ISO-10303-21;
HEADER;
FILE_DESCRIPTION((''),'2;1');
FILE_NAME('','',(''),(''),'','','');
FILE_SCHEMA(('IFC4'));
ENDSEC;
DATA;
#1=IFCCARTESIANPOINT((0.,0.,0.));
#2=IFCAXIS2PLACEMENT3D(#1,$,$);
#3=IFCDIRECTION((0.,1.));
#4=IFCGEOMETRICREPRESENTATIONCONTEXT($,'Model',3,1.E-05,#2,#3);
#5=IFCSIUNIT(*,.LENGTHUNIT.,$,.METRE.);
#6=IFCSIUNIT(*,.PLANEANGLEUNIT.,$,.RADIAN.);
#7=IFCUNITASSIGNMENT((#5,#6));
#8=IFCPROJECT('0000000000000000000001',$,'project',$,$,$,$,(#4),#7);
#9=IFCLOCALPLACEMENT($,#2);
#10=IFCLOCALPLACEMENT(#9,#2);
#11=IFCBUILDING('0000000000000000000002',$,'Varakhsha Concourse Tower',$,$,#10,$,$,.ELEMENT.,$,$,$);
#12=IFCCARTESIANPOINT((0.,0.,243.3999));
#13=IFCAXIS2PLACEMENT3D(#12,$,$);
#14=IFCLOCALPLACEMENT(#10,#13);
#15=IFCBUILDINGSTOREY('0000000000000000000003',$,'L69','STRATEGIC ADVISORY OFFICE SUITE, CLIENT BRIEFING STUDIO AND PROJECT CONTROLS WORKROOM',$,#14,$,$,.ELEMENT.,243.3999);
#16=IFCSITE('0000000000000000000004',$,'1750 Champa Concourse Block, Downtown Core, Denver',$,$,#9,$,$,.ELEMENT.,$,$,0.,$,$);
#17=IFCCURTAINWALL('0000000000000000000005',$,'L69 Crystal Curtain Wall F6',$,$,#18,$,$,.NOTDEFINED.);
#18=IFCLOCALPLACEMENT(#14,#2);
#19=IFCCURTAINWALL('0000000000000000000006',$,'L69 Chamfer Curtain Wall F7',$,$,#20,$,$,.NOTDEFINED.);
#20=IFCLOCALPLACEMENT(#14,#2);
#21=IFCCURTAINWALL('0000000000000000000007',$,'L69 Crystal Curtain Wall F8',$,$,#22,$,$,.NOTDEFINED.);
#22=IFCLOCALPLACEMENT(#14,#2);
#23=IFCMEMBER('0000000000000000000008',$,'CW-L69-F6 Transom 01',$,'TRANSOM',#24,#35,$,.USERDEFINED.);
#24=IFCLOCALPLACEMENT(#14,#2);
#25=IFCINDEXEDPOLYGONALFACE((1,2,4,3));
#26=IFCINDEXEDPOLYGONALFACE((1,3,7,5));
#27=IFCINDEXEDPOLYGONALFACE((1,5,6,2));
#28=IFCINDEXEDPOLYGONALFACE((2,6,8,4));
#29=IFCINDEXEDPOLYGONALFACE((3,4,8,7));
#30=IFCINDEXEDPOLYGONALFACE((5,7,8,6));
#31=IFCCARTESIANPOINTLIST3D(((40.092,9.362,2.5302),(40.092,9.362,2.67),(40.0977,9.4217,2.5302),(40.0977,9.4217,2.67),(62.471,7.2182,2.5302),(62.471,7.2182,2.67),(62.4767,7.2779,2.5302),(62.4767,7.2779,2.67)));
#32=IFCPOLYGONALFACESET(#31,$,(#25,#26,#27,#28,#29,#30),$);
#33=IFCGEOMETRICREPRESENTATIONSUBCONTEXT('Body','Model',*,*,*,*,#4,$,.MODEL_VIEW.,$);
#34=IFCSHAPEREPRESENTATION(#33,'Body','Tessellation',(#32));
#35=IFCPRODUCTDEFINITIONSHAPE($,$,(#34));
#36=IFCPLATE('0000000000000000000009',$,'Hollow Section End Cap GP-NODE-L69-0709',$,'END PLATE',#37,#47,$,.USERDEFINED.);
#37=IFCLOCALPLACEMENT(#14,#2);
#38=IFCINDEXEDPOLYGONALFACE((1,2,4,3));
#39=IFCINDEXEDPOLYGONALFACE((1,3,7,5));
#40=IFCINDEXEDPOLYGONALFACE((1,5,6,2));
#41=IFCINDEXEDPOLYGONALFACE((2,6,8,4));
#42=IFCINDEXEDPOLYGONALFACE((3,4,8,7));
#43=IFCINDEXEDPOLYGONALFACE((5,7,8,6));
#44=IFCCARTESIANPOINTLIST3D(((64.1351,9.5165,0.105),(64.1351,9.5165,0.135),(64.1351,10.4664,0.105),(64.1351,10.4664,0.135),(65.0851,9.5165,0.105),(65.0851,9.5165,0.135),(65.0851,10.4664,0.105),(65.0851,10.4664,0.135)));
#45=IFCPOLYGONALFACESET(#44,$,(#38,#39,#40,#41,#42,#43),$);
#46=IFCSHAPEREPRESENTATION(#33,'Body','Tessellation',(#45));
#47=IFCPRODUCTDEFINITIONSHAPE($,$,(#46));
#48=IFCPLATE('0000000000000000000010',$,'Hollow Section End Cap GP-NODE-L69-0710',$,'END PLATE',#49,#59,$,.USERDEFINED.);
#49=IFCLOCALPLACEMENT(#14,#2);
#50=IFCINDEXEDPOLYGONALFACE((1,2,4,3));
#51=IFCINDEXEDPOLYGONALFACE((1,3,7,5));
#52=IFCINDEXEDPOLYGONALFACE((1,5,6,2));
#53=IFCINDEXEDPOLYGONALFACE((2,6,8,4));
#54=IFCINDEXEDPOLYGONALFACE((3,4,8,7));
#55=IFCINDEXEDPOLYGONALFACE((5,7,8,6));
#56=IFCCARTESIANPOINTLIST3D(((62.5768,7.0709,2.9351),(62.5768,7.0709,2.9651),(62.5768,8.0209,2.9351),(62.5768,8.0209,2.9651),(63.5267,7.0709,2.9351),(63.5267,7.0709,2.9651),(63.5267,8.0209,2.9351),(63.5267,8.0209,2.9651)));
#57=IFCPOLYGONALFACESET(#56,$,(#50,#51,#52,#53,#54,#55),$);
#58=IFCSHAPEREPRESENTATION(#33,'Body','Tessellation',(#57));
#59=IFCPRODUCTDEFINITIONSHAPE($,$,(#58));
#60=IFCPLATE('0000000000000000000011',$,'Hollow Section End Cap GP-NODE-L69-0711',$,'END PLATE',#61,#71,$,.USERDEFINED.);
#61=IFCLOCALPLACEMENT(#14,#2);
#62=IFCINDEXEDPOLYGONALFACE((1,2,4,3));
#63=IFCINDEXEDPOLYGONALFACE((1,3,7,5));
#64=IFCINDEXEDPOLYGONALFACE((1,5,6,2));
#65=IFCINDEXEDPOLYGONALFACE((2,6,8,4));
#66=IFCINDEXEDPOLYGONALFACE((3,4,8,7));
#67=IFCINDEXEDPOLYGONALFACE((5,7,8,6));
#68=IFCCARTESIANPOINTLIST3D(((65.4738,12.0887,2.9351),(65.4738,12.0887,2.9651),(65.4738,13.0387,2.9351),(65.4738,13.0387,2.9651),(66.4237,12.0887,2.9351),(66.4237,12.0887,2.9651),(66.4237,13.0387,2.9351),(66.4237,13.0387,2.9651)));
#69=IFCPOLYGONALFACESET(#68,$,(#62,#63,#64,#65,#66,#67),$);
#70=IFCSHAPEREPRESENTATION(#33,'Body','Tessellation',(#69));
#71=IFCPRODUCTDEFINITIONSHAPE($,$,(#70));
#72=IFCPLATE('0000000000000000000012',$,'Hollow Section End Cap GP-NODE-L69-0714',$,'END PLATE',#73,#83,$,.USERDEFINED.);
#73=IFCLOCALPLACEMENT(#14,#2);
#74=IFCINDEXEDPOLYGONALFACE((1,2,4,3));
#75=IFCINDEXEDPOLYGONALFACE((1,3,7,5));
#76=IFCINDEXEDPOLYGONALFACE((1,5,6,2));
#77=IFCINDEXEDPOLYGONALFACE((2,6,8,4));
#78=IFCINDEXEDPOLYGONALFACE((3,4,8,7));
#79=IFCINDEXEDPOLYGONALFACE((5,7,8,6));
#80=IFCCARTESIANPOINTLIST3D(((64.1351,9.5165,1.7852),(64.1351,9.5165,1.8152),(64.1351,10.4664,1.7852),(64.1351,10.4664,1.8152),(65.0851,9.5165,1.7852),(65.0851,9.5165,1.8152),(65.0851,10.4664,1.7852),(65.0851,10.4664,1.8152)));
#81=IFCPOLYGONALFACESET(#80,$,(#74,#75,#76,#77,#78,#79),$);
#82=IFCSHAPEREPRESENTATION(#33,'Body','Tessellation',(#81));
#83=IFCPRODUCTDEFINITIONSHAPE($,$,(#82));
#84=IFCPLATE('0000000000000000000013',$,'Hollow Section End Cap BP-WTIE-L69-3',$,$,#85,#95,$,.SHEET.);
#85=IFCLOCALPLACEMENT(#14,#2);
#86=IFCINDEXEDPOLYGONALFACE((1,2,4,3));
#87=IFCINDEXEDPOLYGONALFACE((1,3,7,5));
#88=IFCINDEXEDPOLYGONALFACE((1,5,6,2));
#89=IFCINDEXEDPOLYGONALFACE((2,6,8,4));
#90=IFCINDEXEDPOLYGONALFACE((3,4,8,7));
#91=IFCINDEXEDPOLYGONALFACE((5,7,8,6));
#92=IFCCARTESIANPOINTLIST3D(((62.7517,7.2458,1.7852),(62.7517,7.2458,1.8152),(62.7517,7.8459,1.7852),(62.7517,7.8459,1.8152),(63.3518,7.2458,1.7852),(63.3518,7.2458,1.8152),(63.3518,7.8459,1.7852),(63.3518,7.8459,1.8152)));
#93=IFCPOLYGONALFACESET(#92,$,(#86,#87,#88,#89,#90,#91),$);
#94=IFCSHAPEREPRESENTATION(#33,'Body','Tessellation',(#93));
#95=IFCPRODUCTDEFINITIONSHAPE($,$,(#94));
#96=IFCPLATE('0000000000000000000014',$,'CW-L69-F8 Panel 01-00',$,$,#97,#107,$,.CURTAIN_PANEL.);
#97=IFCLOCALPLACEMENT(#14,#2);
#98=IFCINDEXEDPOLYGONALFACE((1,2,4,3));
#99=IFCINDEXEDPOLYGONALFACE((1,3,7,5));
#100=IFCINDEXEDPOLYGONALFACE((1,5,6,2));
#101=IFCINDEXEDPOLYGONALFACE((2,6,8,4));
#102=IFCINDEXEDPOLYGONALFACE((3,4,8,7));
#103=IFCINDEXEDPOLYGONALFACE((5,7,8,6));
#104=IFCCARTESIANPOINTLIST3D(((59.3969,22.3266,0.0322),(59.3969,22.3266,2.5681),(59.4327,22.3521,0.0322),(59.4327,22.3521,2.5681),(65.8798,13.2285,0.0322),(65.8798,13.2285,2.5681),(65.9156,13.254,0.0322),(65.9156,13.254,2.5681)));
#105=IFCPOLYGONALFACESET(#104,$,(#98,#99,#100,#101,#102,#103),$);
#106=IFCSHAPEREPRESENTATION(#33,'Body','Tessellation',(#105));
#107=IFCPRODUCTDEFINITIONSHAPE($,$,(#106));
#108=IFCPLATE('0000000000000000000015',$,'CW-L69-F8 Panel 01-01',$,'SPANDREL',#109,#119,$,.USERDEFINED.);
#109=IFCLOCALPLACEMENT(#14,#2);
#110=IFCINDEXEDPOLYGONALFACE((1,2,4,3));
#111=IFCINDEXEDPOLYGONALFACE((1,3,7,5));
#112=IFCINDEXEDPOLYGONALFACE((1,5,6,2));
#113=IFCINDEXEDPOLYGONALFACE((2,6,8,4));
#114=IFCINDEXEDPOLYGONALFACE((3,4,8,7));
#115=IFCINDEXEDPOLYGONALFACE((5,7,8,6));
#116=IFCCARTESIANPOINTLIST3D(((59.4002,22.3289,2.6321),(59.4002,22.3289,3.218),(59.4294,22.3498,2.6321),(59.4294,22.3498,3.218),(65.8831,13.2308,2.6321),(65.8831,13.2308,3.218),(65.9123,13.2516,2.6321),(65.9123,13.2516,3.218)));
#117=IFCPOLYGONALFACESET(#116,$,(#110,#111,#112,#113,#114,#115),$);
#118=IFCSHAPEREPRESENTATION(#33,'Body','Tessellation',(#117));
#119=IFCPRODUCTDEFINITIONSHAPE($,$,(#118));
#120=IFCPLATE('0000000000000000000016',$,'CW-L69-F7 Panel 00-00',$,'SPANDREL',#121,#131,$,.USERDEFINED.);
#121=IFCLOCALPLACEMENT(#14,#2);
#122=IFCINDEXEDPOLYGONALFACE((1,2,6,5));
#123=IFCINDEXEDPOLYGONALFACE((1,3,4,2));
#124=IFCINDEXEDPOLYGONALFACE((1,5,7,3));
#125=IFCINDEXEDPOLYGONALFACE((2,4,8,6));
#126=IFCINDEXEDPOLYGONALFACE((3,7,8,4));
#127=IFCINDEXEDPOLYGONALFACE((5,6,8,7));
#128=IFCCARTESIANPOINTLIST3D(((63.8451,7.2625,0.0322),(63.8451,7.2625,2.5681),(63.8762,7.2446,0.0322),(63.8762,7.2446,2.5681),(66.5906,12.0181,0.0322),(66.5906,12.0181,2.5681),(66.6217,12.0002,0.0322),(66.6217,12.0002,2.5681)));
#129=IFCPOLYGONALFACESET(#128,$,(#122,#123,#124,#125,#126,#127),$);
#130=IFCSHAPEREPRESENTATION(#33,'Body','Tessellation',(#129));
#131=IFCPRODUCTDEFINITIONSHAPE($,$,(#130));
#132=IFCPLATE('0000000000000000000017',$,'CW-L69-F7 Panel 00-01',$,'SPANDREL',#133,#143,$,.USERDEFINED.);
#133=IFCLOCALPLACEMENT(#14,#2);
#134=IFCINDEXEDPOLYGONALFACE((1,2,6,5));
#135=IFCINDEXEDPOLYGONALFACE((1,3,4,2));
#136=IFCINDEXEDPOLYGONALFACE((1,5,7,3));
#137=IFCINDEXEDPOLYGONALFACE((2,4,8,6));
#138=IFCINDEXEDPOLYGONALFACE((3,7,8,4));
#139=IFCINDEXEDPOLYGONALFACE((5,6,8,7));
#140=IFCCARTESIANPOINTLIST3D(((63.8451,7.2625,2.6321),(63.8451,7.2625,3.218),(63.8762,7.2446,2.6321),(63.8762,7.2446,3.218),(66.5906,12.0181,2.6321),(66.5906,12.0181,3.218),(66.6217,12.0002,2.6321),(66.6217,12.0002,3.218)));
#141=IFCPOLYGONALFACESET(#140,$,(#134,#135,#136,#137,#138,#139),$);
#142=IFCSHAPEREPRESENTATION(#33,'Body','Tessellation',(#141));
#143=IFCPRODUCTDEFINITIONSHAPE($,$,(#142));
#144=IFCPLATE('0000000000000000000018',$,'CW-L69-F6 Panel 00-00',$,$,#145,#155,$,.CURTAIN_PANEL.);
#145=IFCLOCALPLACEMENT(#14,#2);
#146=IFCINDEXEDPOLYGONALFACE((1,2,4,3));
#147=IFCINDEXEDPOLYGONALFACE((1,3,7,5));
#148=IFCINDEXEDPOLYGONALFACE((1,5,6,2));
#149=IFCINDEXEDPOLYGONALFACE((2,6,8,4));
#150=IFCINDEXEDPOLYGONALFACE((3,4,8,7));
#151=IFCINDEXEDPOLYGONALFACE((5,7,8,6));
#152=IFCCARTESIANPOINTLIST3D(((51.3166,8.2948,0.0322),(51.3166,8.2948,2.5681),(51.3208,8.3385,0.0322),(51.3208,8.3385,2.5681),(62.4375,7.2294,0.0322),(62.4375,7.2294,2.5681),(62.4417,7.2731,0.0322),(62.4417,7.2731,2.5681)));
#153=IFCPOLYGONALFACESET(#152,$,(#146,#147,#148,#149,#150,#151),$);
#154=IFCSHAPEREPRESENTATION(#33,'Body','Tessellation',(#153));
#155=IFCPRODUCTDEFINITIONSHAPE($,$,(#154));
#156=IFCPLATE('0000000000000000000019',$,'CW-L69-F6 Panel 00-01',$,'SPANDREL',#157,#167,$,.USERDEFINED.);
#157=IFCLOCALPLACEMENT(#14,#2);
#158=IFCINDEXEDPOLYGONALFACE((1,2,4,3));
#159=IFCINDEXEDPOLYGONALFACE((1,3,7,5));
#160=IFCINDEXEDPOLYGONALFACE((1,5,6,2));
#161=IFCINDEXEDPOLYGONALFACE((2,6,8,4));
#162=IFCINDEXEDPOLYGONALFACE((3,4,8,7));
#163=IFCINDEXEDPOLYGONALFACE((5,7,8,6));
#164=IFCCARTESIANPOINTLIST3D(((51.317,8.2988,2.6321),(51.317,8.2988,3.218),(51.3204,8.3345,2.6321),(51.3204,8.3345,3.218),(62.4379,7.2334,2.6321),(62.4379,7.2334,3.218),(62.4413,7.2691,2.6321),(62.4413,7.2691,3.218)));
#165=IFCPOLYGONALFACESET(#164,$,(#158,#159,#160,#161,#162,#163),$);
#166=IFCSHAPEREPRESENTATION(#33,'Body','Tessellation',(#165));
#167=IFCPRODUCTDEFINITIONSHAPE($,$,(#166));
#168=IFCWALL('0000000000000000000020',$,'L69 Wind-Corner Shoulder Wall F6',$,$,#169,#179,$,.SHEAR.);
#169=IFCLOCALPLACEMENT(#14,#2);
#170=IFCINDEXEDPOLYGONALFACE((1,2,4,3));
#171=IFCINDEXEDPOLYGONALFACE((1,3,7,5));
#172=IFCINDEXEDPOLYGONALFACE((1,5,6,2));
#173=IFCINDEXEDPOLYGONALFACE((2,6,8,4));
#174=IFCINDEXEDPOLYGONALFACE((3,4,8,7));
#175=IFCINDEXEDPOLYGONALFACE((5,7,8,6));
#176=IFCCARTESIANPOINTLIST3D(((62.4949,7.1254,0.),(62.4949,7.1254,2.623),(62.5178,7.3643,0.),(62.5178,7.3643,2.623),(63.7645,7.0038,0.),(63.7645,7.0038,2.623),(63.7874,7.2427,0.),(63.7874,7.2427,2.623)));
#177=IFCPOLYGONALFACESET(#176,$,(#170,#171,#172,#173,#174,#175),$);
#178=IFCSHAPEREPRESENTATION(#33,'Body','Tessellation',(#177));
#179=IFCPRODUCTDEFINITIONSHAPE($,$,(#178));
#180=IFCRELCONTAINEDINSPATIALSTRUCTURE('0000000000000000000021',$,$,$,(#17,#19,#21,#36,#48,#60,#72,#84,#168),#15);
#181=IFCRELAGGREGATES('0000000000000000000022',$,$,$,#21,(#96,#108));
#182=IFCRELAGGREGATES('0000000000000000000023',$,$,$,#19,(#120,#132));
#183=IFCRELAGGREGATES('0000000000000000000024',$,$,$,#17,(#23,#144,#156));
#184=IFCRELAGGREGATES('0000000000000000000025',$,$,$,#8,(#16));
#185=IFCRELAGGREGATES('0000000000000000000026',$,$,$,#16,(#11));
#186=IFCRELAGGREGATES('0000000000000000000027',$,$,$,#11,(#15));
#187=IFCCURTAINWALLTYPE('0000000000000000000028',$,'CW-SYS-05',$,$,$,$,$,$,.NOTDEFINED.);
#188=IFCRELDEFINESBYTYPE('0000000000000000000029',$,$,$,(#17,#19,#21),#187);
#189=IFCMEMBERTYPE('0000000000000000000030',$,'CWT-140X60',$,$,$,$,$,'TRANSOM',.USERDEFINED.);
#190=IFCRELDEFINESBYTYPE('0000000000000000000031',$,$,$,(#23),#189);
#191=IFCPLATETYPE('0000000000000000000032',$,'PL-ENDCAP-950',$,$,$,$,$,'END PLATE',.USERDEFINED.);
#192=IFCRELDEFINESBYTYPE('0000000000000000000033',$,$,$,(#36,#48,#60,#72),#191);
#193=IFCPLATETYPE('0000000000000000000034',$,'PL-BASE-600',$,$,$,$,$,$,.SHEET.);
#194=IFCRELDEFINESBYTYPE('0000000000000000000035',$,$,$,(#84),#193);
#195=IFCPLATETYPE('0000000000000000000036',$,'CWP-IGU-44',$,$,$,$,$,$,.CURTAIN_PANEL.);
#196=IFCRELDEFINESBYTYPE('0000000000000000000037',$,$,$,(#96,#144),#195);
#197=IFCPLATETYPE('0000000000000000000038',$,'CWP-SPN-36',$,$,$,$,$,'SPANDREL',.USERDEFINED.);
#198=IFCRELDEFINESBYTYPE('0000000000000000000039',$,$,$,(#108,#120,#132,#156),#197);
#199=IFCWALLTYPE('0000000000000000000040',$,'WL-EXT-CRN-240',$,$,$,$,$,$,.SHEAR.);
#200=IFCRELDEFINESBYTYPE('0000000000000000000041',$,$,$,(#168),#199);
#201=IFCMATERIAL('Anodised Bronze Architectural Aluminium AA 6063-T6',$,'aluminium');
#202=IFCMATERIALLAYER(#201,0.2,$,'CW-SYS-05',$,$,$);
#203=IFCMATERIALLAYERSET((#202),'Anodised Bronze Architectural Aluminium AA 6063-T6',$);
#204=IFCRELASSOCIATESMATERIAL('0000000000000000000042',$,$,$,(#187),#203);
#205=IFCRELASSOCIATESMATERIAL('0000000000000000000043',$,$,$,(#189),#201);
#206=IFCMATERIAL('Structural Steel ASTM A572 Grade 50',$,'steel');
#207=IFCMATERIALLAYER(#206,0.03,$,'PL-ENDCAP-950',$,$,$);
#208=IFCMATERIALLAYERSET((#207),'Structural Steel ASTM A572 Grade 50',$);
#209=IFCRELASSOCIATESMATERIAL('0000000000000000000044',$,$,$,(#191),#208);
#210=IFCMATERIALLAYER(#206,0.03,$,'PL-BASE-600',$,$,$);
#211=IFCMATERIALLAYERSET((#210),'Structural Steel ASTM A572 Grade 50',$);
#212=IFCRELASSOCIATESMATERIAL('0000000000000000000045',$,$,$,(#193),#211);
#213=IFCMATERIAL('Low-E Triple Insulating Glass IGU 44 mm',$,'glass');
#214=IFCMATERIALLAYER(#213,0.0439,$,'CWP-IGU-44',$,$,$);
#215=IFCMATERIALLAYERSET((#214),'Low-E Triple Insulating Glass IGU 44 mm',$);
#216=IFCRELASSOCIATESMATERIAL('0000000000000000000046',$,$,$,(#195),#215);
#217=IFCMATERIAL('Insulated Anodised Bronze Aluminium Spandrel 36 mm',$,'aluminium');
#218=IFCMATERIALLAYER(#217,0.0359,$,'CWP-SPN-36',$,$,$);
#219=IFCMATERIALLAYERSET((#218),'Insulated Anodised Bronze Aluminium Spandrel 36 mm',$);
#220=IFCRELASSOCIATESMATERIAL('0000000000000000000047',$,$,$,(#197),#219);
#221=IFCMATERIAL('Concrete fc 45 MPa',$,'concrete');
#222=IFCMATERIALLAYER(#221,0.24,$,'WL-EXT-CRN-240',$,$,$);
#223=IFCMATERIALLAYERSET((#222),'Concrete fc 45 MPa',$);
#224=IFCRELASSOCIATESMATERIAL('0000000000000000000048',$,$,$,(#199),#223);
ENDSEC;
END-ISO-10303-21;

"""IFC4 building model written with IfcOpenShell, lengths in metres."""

from ifc_helpers import new_model, si_unit, direction, frame, frame_2d, origin, origin_2d, place, context, subcontext, project, spatial, rectangle, extrude, source, transform, mapped, material, layer, layer_set, material_profile, profile_set, type_object, type_shapes, element, aggregate, save


model = new_model("IFC4")

# Units and contexts
model_context = context("Model", 3, precision=1e-05, world=origin(), true_north=direction((0.0, 1.0)))
body_context = subcontext(model_context, "Body", "Model", "MODEL_VIEW")
ifc_project = project(units=[si_unit("LENGTHUNIT", "METRE"), si_unit("PLANEANGLEUNIT", "RADIAN")], contexts=[model_context])

# Site, building, storey
site_placement = place(None, origin())
site = spatial("IfcSite", under=ifc_project, at=site_placement, Name="1750 Champa Concourse Block, Downtown Core, Denver", CompositionType="ELEMENT", RefElevation=0.0)
building_placement = place(site_placement, origin())
building = spatial("IfcBuilding", under=site, at=building_placement, Name="Varakhsha Concourse Tower", CompositionType="ELEMENT")
storey_placement = place(building_placement, frame((0.0, 0.0, 243.3999)))
storey = spatial("IfcBuildingStorey", under=building, at=storey_placement, Name="L69", Description="STRATEGIC ADVISORY OFFICE SUITE, CLIENT BRIEFING STUDIO AND PROJECT CONTROLS WORKROOM", CompositionType="ELEMENT", Elevation=243.3999)

# Shared definitions
ifc_material_1 = material(Name="Structural Steel ASTM A572 Grade 50", Category="steel")

# Curtain wall
ifc_material_2 = material(Name="Anodised Bronze Architectural Aluminium AA 6063-T6", Category="aluminium")
ifc_layer_1 = layer(ifc_material_2, 0.2, Name="CW-SYS-05")
ifc_layer_set_1 = layer_set([ifc_layer_1], Name="Anodised Bronze Architectural Aluminium AA 6063-T6")
curtain_wall_type = type_object("IfcCurtainWallType", Name="CW-SYS-05", PredefinedType="NOTDEFINED", material=ifc_layer_set_1)
curtain_wall_1_placement = place(storey_placement, origin())
curtain_wall_1 = element("IfcCurtainWall", 1, at=curtain_wall_1_placement, inside=storey, type_object=curtain_wall_type, Name="L69 Crystal Curtain Wall F6", PredefinedType="NOTDEFINED")

# Curtain wall
curtain_wall_2_placement = place(storey_placement, origin())
curtain_wall_2 = element("IfcCurtainWall", 2, at=curtain_wall_2_placement, inside=storey, type_object=curtain_wall_type, Name="L69 Chamfer Curtain Wall F7", PredefinedType="NOTDEFINED")

# Curtain wall
curtain_wall_3_placement = place(storey_placement, origin())
curtain_wall_3 = element("IfcCurtainWall", 3, at=curtain_wall_3_placement, inside=storey, type_object=curtain_wall_type, Name="L69 Crystal Curtain Wall F8", PredefinedType="NOTDEFINED")

# Member
ifc_material_profile_1 = material_profile(ifc_material_2, rectangle(XDim=0.0601, YDim=0.1399, at=origin_2d()), Name="CWT-140X60")
ifc_profile_set_1 = profile_set([ifc_material_profile_1], Name="Anodised Bronze Architectural Aluminium AA 6063-T6")
member_type_1 = type_object("IfcMemberType", Name="CWT-140X60", ElementType="TRANSOM", PredefinedType="USERDEFINED", material=ifc_profile_set_1)
shared_shape_1 = source(origin(), body_context, "Body", "SweptSolid", [
    extrude(rectangle(XDim=0.0601, YDim=0.1399, at=origin_2d()), origin(), (0.0, 0.0, 1.0), 22.4814),
])
member_1_placement = place(storey_placement, frame((62.4739, 7.248, 2.6001), z_axis=(-0.995443, 0.095359, 0.0), x_axis=(-0.095359, -0.995443, 0.0)))
member_1 = element("IfcMember", 4, at=member_1_placement, type_object=member_type_1, Name="CW-L69-F6 Transom 01", ObjectType="TRANSOM", PredefinedType="USERDEFINED", context=body_context, shape_type="MappedRepresentation", body=[
    mapped(shared_shape_1, transform((0.0, 0.0, 0.0), scale=1.0)),
])

# Plates
ifc_layer_2 = layer(ifc_material_1, 0.03, Name="PL-ENDCAP-950")
ifc_layer_set_2 = layer_set([ifc_layer_2], Name="Structural Steel ASTM A572 Grade 50")
plate_type_1 = type_object("IfcPlateType", Name="PL-ENDCAP-950", ElementType="END PLATE", PredefinedType="USERDEFINED", material=ifc_layer_set_2)
shared_shape_2 = source(origin(), body_context, "Body", "SweptSolid", [
    extrude(rectangle(XDim=0.95, YDim=0.95, at=origin_2d()), origin(), (0.0, 0.0, 1.0), 0.03),
])
type_shapes(plate_type_1, [shared_shape_2])
for number, where, z_axis, x_axis, name in (
    (5, (64.6101, 9.9915, 0.105), (0.0, 0.0, 1.0), (1.0, 0.0, 0.0), "Hollow Section End Cap GP-NODE-L69-0709"),
    (6, (63.0518, 7.5459, 2.9351), (0.0, 0.0, 1.0), (1.0, 0.0, 0.0), "Hollow Section End Cap GP-NODE-L69-0710"),
    (7, (65.9487, 12.5637, 2.9351), (0.0, 0.0, 1.0), (1.0, 0.0, 0.0), "Hollow Section End Cap GP-NODE-L69-0711"),
    (8, (64.6101, 9.9915, 1.7852), (0.0, 0.0, 1.0), (1.0, 0.0, 0.0), "Hollow Section End Cap GP-NODE-L69-0714"),
):
    element("IfcPlate", number, at=place(storey_placement, frame(where, z_axis=z_axis, x_axis=x_axis)), inside=storey, type_object=plate_type_1, Name=name, ObjectType="END PLATE", PredefinedType="USERDEFINED", context=body_context, shape_type="MappedRepresentation", body=[
        mapped(shared_shape_2, transform((0.0, 0.0, 0.0), scale=1.0)),
    ])
ifc_layer_3 = layer(ifc_material_1, 0.03, Name="PL-BASE-600")
ifc_layer_set_3 = layer_set([ifc_layer_3], Name="Structural Steel ASTM A572 Grade 50")
plate_type_2 = type_object("IfcPlateType", Name="PL-BASE-600", PredefinedType="SHEET", material=ifc_layer_set_3)
shared_shape_3 = source(origin(), body_context, "Body", "SweptSolid", [
    extrude(rectangle(XDim=0.6001, YDim=0.6001, at=origin_2d()), origin(), (0.0, 0.0, 1.0), 0.03),
])
type_shapes(plate_type_2, [shared_shape_3])
plate_1_placement = place(storey_placement, frame((63.0518, 7.5459, 1.7852), z_axis=(0.0, 0.0, 1.0), x_axis=(1.0, 0.0, 0.0)))
element("IfcPlate", 9, at=plate_1_placement, inside=storey, type_object=plate_type_2, Name="Hollow Section End Cap BP-WTIE-L69-3", PredefinedType="SHEET", context=body_context, shape_type="MappedRepresentation", body=[
    mapped(shared_shape_3, transform((0.0, 0.0, 0.0), scale=1.0)),
])

# Plates
ifc_material_3 = material(Name="Low-E Triple Insulating Glass IGU 44 mm", Category="glass")
ifc_layer_4 = layer(ifc_material_3, 0.0439, Name="CWP-IGU-44")
ifc_layer_set_4 = layer_set([ifc_layer_4], Name="Low-E Triple Insulating Glass IGU 44 mm")
plate_type_3 = type_object("IfcPlateType", Name="CWP-IGU-44", PredefinedType="CURTAIN_PANEL", material=ifc_layer_set_4)
shared_shape_4 = source(origin(), body_context, "Body", "SweptSolid", [
    extrude(rectangle(XDim=11.1716, YDim=0.0439, at=origin_2d()), origin(), (0.0, 0.0, 1.0), 2.5359),
])
plate_2_placement = place(storey_placement, frame((62.6562, 17.7903, 0.0322), z_axis=(0.0, 0.0, 1.0), x_axis=(0.580306, -0.814398, 0.0)))
plate_2 = element("IfcPlate", 10, at=plate_2_placement, type_object=plate_type_3, Name="CW-L69-F8 Panel 01-00", PredefinedType="CURTAIN_PANEL", context=body_context, shape_type="MappedRepresentation", body=[
    mapped(shared_shape_4, transform((0.0, 0.0, 0.0), scale=1.0)),
])
ifc_material_4 = material(Name="Insulated Anodised Bronze Aluminium Spandrel 36 mm", Category="aluminium")
ifc_layer_5 = layer(ifc_material_4, 0.0359, Name="CWP-SPN-36")
ifc_layer_set_5 = layer_set([ifc_layer_5], Name="Insulated Anodised Bronze Aluminium Spandrel 36 mm")
plate_type_4 = type_object("IfcPlateType", Name="CWP-SPN-36", ElementType="SPANDREL", PredefinedType="USERDEFINED", material=ifc_layer_set_5)
shared_shape_5 = source(origin(), body_context, "Body", "SweptSolid", [
    extrude(rectangle(XDim=11.1716, YDim=0.0359, at=origin_2d()), origin(), (0.0, 0.0, 1.0), 0.5859),
])
plate_3_placement = place(storey_placement, frame((62.6562, 17.7903, 2.6321), z_axis=(0.0, 0.0, 1.0), x_axis=(0.580306, -0.814398, 0.0)))
plate_3 = element("IfcPlate", 11, at=plate_3_placement, type_object=plate_type_4, Name="CW-L69-F8 Panel 01-01", ObjectType="SPANDREL", PredefinedType="USERDEFINED", context=body_context, shape_type="MappedRepresentation", body=[
    mapped(shared_shape_5, transform((0.0, 0.0, 0.0), scale=1.0)),
])
aggregate(curtain_wall_3, [plate_2, plate_3])
shared_shape_6 = source(origin(), body_context, "Body", "SweptSolid", [
    extrude(rectangle(XDim=5.4912, YDim=0.0359, at=origin_2d()), origin(), (0.0, 0.0, 1.0), 2.5359),
])
plate_4_placement = place(storey_placement, frame((65.2334, 9.6313, 0.0322), z_axis=(0.0, 0.0, 1.0), x_axis=(-0.499992, -0.86603, 0.0)))
plate_4 = element("IfcPlate", 12, at=plate_4_placement, type_object=plate_type_4, Name="CW-L69-F7 Panel 00-00", ObjectType="SPANDREL", PredefinedType="USERDEFINED", context=body_context, shape_type="MappedRepresentation", body=[
    mapped(shared_shape_6, transform((0.0, 0.0, 0.0), scale=1.0)),
])
shared_shape_7 = source(origin(), body_context, "Body", "SweptSolid", [
    extrude(rectangle(XDim=5.4912, YDim=0.0359, at=origin_2d()), origin(), (0.0, 0.0, 1.0), 0.5859),
])
plate_5_placement = place(storey_placement, frame((65.2334, 9.6313, 2.6321), z_axis=(0.0, 0.0, 1.0), x_axis=(-0.499992, -0.86603, 0.0)))
plate_5 = element("IfcPlate", 13, at=plate_5_placement, type_object=plate_type_4, Name="CW-L69-F7 Panel 00-01", ObjectType="SPANDREL", PredefinedType="USERDEFINED", context=body_context, shape_type="MappedRepresentation", body=[
    mapped(shared_shape_7, transform((0.0, 0.0, 0.0), scale=1.0)),
])
aggregate(curtain_wall_2, [plate_4, plate_5])
shared_shape_8 = source(origin(), body_context, "Body", "SweptSolid", [
    extrude(rectangle(XDim=11.1719, YDim=0.0439, at=origin_2d()), origin(), (0.0, 0.0, 1.0), 2.5359),
])
type_shapes(plate_type_3, [shared_shape_4, shared_shape_8])
plate_6_placement = place(storey_placement, frame((56.8792, 7.7839, 0.0322), z_axis=(0.0, 0.0, 1.0), x_axis=(-0.995443, 0.095363, 0.0)))
plate_6 = element("IfcPlate", 14, at=plate_6_placement, type_object=plate_type_3, Name="CW-L69-F6 Panel 00-00", PredefinedType="CURTAIN_PANEL", context=body_context, shape_type="MappedRepresentation", body=[
    mapped(shared_shape_8, transform((0.0, 0.0, 0.0), scale=1.0)),
])
shared_shape_9 = source(origin(), body_context, "Body", "SweptSolid", [
    extrude(rectangle(XDim=11.1719, YDim=0.0359, at=origin_2d()), origin(), (0.0, 0.0, 1.0), 0.5859),
])
type_shapes(plate_type_4, [shared_shape_5, shared_shape_6, shared_shape_7, shared_shape_9])
plate_7_placement = place(storey_placement, frame((56.8792, 7.7839, 2.6321), z_axis=(0.0, 0.0, 1.0), x_axis=(-0.995443, 0.095363, 0.0)))
plate_7 = element("IfcPlate", 15, at=plate_7_placement, type_object=plate_type_4, Name="CW-L69-F6 Panel 00-01", ObjectType="SPANDREL", PredefinedType="USERDEFINED", context=body_context, shape_type="MappedRepresentation", body=[
    mapped(shared_shape_9, transform((0.0, 0.0, 0.0), scale=1.0)),
])
aggregate(curtain_wall_1, [member_1, plate_6, plate_7])

# Wall
ifc_material_5 = material(Name="Concrete fc 45 MPa", Category="concrete")
ifc_layer_6 = layer(ifc_material_5, 0.24, Name="WL-EXT-CRN-240")
ifc_layer_set_6 = layer_set([ifc_layer_6], Name="Concrete fc 45 MPa")
wall_type = type_object("IfcWallType", Name="WL-EXT-CRN-240", PredefinedType="SHEAR", material=ifc_layer_set_6)
wall_1_placement = place(storey_placement, frame((62.5063, 7.2449, 0.0), z_axis=(0.0, 0.0, 1.0), x_axis=(0.995445, -0.095333, 0.0)))
element("IfcWall", 16, at=wall_1_placement, inside=storey, type_object=wall_type, Name="L69 Wind-Corner Shoulder Wall F6", PredefinedType="SHEAR", context=body_context, shape_type="SweptSolid", body=[
    extrude(rectangle(XDim=1.2754, YDim=0.24, at=frame_2d((0.6377, 0.0))), origin(), (0.0, 0.0, 1.0), 2.623),
])

save(model, "model.ifc")
